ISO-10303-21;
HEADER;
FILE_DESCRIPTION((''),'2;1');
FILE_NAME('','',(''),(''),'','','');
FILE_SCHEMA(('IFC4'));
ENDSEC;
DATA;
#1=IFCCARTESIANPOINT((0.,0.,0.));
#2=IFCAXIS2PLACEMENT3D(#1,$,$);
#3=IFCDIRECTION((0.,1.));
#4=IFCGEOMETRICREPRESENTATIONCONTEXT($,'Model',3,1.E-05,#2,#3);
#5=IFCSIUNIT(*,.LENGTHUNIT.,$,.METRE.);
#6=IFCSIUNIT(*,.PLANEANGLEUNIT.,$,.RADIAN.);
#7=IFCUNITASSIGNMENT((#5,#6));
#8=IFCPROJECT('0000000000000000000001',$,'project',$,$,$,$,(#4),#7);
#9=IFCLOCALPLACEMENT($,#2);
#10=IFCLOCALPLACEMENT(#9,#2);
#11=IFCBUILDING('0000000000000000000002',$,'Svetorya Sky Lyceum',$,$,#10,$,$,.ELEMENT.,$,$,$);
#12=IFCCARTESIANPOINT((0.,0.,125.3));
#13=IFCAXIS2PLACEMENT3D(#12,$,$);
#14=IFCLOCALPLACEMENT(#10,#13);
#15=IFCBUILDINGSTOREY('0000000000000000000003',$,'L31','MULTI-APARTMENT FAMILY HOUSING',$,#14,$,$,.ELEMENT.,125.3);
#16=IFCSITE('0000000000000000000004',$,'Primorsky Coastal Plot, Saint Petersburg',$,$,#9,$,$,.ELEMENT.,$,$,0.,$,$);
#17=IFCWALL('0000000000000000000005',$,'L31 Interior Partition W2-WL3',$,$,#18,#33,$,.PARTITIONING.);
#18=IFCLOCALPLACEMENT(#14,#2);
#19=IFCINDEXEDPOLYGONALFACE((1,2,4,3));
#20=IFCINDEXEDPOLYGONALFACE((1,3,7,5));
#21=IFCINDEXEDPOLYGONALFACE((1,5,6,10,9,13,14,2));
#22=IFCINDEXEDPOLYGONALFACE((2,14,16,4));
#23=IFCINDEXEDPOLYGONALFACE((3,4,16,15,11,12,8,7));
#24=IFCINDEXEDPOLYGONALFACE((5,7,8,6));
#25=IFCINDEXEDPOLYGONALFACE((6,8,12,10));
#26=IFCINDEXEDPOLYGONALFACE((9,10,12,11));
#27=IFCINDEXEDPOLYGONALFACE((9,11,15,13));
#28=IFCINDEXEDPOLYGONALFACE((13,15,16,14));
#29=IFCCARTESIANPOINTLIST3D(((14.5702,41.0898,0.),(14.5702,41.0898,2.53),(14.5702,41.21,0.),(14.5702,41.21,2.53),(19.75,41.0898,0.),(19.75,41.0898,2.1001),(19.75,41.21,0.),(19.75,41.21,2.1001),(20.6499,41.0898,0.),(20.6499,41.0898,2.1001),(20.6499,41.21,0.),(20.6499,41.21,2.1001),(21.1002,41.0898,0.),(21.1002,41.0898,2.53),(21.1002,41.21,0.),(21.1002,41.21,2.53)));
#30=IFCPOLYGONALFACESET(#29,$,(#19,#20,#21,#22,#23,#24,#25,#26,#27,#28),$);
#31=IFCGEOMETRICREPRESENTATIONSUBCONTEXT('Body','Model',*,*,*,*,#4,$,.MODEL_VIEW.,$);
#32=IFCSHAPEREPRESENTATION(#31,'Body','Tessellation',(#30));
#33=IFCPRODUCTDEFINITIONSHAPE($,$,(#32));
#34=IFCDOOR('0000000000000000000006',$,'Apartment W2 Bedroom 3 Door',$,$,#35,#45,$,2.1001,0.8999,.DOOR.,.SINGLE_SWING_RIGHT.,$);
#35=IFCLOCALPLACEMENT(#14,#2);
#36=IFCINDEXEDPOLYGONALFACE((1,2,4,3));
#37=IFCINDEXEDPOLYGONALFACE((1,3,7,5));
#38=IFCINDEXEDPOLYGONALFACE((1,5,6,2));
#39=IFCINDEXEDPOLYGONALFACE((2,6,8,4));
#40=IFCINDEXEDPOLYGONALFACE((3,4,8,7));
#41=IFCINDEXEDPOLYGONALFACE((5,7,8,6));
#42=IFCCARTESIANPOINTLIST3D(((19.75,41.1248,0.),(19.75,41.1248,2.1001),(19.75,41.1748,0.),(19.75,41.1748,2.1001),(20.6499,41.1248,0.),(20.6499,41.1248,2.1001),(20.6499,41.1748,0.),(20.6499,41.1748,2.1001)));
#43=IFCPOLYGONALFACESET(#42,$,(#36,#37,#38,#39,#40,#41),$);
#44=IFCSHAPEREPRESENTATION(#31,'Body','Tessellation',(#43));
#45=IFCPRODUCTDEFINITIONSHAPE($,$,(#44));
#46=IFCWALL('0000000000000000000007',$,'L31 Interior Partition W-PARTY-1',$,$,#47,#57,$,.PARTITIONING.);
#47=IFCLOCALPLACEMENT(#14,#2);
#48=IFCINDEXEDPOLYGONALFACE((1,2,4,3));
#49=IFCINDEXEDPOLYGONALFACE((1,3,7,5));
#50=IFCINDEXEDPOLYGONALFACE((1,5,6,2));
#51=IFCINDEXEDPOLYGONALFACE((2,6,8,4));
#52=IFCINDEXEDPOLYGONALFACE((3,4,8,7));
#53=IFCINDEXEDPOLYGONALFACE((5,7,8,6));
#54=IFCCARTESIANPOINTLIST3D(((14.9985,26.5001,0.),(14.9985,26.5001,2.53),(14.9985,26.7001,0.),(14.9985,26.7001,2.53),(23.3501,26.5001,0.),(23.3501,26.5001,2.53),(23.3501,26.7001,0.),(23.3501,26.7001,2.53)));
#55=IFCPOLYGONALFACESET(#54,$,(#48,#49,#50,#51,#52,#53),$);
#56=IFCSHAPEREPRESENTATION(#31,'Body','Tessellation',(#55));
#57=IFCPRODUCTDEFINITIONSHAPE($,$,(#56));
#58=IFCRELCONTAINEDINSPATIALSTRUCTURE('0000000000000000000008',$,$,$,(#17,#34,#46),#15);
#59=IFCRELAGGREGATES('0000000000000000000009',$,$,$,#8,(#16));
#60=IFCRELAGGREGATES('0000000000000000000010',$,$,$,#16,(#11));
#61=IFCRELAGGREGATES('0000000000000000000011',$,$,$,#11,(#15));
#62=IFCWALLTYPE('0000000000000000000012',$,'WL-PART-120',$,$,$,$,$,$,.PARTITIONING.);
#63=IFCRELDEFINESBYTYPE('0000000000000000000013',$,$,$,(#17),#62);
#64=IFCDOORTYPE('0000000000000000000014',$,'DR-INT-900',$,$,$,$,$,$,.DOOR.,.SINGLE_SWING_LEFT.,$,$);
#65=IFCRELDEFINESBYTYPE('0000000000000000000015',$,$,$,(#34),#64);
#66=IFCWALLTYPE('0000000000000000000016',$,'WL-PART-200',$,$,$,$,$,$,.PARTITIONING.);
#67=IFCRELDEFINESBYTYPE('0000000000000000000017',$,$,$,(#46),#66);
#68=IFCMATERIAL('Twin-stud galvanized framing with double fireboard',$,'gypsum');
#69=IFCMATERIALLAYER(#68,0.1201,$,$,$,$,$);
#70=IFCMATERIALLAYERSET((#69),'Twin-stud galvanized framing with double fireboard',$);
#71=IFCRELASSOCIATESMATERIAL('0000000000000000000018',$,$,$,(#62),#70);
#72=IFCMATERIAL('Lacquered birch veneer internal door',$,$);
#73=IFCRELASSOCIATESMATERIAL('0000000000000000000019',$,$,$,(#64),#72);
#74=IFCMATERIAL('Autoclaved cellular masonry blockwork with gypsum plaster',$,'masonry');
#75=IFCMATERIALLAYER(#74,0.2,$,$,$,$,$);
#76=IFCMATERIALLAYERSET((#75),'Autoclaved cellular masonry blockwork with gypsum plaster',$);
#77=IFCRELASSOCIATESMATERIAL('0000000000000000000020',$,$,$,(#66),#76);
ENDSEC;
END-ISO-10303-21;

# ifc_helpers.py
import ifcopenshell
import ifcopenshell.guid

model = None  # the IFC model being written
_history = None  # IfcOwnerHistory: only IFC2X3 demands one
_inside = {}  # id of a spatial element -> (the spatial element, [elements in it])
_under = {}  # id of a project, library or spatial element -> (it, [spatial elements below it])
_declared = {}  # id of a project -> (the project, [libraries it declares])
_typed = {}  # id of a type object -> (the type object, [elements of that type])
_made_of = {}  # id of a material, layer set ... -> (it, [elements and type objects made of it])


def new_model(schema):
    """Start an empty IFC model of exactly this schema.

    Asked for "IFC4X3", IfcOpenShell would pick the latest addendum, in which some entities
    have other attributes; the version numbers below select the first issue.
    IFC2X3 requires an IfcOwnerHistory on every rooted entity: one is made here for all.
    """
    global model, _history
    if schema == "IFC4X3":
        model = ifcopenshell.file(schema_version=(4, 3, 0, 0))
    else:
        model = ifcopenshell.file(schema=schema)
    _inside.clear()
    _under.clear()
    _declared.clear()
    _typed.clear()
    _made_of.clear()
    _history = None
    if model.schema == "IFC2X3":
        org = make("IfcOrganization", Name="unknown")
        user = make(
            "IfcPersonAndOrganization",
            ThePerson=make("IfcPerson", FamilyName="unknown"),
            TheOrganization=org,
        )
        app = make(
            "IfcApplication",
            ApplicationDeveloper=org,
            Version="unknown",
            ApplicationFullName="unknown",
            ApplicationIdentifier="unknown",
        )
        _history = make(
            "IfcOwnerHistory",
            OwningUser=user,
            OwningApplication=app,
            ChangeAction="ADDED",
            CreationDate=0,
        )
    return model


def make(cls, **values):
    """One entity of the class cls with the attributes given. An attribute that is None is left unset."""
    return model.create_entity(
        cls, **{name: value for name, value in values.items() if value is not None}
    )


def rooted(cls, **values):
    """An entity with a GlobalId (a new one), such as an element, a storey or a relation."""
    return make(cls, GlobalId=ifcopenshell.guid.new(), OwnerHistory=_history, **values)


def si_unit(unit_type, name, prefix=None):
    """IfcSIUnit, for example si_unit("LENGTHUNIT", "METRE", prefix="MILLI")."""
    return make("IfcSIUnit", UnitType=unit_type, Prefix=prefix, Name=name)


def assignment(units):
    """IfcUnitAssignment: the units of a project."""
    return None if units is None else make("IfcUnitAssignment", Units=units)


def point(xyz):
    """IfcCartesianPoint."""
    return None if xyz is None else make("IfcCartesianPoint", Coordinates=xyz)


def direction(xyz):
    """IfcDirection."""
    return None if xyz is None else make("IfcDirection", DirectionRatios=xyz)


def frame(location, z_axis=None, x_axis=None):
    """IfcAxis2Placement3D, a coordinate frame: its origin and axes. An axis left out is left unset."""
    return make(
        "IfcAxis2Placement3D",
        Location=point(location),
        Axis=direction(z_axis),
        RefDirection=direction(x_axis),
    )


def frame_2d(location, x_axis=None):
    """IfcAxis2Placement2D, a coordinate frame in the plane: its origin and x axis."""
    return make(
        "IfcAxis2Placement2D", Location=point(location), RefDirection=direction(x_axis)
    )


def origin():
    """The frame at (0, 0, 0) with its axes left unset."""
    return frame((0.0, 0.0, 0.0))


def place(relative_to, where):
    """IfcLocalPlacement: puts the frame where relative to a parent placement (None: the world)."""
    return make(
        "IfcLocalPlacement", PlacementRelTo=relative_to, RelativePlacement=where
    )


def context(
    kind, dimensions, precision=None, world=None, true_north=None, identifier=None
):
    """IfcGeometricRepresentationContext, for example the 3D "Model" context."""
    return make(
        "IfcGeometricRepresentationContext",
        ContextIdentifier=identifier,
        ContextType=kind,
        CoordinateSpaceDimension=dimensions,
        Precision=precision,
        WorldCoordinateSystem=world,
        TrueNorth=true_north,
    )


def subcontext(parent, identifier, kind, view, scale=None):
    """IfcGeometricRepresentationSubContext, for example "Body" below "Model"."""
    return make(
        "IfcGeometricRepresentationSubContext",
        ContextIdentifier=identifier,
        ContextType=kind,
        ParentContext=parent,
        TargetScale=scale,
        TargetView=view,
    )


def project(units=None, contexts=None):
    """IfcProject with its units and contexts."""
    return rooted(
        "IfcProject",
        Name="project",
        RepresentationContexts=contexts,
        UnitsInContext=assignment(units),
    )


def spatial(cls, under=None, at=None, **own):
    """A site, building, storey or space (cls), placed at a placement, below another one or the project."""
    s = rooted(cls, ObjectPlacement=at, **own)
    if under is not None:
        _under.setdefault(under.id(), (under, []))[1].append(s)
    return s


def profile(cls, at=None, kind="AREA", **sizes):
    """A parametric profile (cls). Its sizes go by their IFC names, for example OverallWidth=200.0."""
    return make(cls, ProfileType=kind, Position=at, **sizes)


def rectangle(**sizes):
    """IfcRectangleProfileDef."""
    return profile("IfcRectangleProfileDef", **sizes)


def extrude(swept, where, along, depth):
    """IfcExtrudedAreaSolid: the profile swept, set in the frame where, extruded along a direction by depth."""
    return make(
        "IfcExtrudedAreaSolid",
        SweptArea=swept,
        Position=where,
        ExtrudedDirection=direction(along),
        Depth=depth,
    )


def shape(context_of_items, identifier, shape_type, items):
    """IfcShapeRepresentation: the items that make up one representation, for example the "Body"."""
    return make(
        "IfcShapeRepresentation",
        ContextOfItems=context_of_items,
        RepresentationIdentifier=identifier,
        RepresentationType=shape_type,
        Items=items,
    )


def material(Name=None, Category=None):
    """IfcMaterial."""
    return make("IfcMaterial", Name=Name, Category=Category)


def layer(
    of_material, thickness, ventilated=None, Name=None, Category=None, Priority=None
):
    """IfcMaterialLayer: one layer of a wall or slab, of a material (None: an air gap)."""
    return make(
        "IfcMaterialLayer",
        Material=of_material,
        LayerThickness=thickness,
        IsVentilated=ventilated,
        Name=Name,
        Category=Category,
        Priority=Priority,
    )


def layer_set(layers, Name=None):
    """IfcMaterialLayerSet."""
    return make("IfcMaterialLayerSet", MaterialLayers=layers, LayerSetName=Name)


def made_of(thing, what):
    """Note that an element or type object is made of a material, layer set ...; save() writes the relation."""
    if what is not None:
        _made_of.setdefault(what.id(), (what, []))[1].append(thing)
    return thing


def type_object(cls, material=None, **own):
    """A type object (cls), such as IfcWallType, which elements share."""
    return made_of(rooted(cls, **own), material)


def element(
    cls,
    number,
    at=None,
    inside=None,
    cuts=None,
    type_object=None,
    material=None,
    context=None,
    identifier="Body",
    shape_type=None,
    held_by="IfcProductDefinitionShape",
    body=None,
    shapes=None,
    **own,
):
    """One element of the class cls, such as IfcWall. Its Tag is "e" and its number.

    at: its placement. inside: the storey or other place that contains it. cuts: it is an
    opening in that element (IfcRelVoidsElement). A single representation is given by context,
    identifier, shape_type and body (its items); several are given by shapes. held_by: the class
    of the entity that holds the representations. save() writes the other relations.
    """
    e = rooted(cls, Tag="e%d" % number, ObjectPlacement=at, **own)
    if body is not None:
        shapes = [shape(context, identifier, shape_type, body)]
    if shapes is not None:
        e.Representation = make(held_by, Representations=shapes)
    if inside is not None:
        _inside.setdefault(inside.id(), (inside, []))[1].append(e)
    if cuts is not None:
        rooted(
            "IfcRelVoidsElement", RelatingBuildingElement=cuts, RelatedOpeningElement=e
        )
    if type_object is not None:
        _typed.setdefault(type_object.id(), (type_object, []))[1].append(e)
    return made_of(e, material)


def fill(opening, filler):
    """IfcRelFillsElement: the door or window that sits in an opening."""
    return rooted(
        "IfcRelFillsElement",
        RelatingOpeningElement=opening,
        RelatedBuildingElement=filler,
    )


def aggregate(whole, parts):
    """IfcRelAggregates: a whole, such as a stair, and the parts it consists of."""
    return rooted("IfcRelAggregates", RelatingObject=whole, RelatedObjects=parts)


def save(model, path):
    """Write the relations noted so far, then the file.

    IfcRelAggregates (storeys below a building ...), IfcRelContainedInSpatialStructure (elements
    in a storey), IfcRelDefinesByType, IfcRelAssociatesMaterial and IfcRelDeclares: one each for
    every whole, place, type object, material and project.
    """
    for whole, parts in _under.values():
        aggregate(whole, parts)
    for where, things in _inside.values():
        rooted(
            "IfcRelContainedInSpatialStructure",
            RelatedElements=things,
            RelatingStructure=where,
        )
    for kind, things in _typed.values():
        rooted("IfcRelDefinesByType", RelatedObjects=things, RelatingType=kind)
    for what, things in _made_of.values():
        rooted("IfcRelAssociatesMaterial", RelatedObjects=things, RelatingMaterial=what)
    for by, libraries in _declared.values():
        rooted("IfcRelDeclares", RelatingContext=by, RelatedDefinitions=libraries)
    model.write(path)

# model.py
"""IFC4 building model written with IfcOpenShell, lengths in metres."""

from ifc_helpers import new_model, si_unit, direction, frame, frame_2d, origin, place, context, subcontext, project, spatial, rectangle, extrude, material, layer, layer_set, type_object, element, fill, save


model = new_model("IFC4")

# Units and contexts
model_context = context("Model", 3, precision=1e-05, world=origin(), true_north=direction((0.0, 1.0)))
body_context = subcontext(model_context, "Body", "Model", "MODEL_VIEW")
ifc_project = project(units=[si_unit("LENGTHUNIT", "METRE"), si_unit("PLANEANGLEUNIT", "RADIAN")], contexts=[model_context])

# Site, building, storey
site_placement = place(None, origin())
site = spatial("IfcSite", under=ifc_project, at=site_placement, Name="Primorsky Coastal Plot, Saint Petersburg", CompositionType="ELEMENT", RefElevation=0.0)
building_placement = place(site_placement, origin())
building = spatial("IfcBuilding", under=site, at=building_placement, Name="Svetorya Sky Lyceum", CompositionType="ELEMENT")
storey_placement = place(building_placement, frame((0.0, 0.0, 125.3)))
storey = spatial("IfcBuildingStorey", under=building, at=storey_placement, Name="L31", Description="MULTI-APARTMENT FAMILY HOUSING", CompositionType="ELEMENT", Elevation=125.3)

# Wall, opening, door
ifc_material_1 = material(Name="Twin-stud galvanized framing with double fireboard", Category="gypsum")
ifc_layer_1 = layer(ifc_material_1, 0.1201)
ifc_layer_set_1 = layer_set([ifc_layer_1], Name="Twin-stud galvanized framing with double fireboard")
wall_type_1 = type_object("IfcWallType", Name="WL-PART-120", PredefinedType="PARTITIONING", material=ifc_layer_set_1)
ifc_material_2 = material(Name="Lacquered birch veneer internal door")
door_type_1 = type_object("IfcDoorType", Name="DR-INT-900", OperationType="SINGLE_SWING_LEFT", PredefinedType="DOOR", material=ifc_material_2)
wall_1_placement = place(storey_placement, frame((14.5701, 41.1499, 0.0), z_axis=(0.0, 0.0, 1.0), x_axis=(1.0, 0.0, 0.0)))
wall_1 = element("IfcWall", 1, at=wall_1_placement, inside=storey, type_object=wall_type_1, Name="L31 Interior Partition W2-WL3", PredefinedType="PARTITIONING", context=body_context, shape_type="SweptSolid", body=[
    extrude(rectangle(XDim=6.53, YDim=0.1201, at=frame_2d((3.2651, 0.0))), origin(), (0.0, 0.0, 1.0), 2.53),
])
opening_1_placement = place(wall_1_placement, frame((5.1799, 0.0, 0.0)))
opening_1 = element("IfcOpeningElement", 2, at=opening_1_placement, cuts=wall_1, PredefinedType="OPENING", context=body_context, shape_type="SweptSolid", body=[
    extrude(rectangle(XDim=0.8999, YDim=2.1001, at=frame_2d((0.45, 1.05))), frame((0.0, 0.0701, 0.0), z_axis=(0.0, -1.0, 0.0), x_axis=(1.0, 0.0, 0.0)), (0.0, 0.0, 1.0), 0.1401),
])
door_1_placement = place(opening_1_placement, origin())
door_1 = element("IfcDoor", 3, at=door_1_placement, inside=storey, type_object=door_type_1, Name="Apartment W2 Bedroom 3 Door", OperationType="SINGLE_SWING_RIGHT", OverallHeight=2.1001, OverallWidth=0.8999, PredefinedType="DOOR", context=body_context, shape_type="SweptSolid", body=[
    extrude(rectangle(XDim=0.8999, YDim=2.1001, at=frame_2d((0.45, 1.05))), frame((0.0, 0.0249, 0.0), z_axis=(0.0, -1.0, 0.0), x_axis=(1.0, 0.0, 0.0)), (0.0, 0.0, 1.0), 0.05),
])
fill(opening_1, door_1)

# Wall
ifc_material_3 = material(Name="Autoclaved cellular masonry blockwork with gypsum plaster", Category="masonry")
ifc_layer_2 = layer(ifc_material_3, 0.2)
ifc_layer_set_2 = layer_set([ifc_layer_2], Name="Autoclaved cellular masonry blockwork with gypsum plaster")
wall_type_2 = type_object("IfcWallType", Name="WL-PART-200", PredefinedType="PARTITIONING", material=ifc_layer_set_2)
wall_2_placement = place(storey_placement, frame((14.9985, 26.6001, 0.0), z_axis=(0.0, 0.0, 1.0), x_axis=(1.0, 0.0, 0.0)))
element("IfcWall", 4, at=wall_2_placement, inside=storey, type_object=wall_type_2, Name="L31 Interior Partition W-PARTY-1", PredefinedType="PARTITIONING", context=body_context, shape_type="SweptSolid", body=[
    extrude(rectangle(XDim=8.3516, YDim=0.2, at=frame_2d((4.1758, 0.0))), origin(), (0.0, 0.0, 1.0), 2.53),
])

save(model, "model.ifc")
